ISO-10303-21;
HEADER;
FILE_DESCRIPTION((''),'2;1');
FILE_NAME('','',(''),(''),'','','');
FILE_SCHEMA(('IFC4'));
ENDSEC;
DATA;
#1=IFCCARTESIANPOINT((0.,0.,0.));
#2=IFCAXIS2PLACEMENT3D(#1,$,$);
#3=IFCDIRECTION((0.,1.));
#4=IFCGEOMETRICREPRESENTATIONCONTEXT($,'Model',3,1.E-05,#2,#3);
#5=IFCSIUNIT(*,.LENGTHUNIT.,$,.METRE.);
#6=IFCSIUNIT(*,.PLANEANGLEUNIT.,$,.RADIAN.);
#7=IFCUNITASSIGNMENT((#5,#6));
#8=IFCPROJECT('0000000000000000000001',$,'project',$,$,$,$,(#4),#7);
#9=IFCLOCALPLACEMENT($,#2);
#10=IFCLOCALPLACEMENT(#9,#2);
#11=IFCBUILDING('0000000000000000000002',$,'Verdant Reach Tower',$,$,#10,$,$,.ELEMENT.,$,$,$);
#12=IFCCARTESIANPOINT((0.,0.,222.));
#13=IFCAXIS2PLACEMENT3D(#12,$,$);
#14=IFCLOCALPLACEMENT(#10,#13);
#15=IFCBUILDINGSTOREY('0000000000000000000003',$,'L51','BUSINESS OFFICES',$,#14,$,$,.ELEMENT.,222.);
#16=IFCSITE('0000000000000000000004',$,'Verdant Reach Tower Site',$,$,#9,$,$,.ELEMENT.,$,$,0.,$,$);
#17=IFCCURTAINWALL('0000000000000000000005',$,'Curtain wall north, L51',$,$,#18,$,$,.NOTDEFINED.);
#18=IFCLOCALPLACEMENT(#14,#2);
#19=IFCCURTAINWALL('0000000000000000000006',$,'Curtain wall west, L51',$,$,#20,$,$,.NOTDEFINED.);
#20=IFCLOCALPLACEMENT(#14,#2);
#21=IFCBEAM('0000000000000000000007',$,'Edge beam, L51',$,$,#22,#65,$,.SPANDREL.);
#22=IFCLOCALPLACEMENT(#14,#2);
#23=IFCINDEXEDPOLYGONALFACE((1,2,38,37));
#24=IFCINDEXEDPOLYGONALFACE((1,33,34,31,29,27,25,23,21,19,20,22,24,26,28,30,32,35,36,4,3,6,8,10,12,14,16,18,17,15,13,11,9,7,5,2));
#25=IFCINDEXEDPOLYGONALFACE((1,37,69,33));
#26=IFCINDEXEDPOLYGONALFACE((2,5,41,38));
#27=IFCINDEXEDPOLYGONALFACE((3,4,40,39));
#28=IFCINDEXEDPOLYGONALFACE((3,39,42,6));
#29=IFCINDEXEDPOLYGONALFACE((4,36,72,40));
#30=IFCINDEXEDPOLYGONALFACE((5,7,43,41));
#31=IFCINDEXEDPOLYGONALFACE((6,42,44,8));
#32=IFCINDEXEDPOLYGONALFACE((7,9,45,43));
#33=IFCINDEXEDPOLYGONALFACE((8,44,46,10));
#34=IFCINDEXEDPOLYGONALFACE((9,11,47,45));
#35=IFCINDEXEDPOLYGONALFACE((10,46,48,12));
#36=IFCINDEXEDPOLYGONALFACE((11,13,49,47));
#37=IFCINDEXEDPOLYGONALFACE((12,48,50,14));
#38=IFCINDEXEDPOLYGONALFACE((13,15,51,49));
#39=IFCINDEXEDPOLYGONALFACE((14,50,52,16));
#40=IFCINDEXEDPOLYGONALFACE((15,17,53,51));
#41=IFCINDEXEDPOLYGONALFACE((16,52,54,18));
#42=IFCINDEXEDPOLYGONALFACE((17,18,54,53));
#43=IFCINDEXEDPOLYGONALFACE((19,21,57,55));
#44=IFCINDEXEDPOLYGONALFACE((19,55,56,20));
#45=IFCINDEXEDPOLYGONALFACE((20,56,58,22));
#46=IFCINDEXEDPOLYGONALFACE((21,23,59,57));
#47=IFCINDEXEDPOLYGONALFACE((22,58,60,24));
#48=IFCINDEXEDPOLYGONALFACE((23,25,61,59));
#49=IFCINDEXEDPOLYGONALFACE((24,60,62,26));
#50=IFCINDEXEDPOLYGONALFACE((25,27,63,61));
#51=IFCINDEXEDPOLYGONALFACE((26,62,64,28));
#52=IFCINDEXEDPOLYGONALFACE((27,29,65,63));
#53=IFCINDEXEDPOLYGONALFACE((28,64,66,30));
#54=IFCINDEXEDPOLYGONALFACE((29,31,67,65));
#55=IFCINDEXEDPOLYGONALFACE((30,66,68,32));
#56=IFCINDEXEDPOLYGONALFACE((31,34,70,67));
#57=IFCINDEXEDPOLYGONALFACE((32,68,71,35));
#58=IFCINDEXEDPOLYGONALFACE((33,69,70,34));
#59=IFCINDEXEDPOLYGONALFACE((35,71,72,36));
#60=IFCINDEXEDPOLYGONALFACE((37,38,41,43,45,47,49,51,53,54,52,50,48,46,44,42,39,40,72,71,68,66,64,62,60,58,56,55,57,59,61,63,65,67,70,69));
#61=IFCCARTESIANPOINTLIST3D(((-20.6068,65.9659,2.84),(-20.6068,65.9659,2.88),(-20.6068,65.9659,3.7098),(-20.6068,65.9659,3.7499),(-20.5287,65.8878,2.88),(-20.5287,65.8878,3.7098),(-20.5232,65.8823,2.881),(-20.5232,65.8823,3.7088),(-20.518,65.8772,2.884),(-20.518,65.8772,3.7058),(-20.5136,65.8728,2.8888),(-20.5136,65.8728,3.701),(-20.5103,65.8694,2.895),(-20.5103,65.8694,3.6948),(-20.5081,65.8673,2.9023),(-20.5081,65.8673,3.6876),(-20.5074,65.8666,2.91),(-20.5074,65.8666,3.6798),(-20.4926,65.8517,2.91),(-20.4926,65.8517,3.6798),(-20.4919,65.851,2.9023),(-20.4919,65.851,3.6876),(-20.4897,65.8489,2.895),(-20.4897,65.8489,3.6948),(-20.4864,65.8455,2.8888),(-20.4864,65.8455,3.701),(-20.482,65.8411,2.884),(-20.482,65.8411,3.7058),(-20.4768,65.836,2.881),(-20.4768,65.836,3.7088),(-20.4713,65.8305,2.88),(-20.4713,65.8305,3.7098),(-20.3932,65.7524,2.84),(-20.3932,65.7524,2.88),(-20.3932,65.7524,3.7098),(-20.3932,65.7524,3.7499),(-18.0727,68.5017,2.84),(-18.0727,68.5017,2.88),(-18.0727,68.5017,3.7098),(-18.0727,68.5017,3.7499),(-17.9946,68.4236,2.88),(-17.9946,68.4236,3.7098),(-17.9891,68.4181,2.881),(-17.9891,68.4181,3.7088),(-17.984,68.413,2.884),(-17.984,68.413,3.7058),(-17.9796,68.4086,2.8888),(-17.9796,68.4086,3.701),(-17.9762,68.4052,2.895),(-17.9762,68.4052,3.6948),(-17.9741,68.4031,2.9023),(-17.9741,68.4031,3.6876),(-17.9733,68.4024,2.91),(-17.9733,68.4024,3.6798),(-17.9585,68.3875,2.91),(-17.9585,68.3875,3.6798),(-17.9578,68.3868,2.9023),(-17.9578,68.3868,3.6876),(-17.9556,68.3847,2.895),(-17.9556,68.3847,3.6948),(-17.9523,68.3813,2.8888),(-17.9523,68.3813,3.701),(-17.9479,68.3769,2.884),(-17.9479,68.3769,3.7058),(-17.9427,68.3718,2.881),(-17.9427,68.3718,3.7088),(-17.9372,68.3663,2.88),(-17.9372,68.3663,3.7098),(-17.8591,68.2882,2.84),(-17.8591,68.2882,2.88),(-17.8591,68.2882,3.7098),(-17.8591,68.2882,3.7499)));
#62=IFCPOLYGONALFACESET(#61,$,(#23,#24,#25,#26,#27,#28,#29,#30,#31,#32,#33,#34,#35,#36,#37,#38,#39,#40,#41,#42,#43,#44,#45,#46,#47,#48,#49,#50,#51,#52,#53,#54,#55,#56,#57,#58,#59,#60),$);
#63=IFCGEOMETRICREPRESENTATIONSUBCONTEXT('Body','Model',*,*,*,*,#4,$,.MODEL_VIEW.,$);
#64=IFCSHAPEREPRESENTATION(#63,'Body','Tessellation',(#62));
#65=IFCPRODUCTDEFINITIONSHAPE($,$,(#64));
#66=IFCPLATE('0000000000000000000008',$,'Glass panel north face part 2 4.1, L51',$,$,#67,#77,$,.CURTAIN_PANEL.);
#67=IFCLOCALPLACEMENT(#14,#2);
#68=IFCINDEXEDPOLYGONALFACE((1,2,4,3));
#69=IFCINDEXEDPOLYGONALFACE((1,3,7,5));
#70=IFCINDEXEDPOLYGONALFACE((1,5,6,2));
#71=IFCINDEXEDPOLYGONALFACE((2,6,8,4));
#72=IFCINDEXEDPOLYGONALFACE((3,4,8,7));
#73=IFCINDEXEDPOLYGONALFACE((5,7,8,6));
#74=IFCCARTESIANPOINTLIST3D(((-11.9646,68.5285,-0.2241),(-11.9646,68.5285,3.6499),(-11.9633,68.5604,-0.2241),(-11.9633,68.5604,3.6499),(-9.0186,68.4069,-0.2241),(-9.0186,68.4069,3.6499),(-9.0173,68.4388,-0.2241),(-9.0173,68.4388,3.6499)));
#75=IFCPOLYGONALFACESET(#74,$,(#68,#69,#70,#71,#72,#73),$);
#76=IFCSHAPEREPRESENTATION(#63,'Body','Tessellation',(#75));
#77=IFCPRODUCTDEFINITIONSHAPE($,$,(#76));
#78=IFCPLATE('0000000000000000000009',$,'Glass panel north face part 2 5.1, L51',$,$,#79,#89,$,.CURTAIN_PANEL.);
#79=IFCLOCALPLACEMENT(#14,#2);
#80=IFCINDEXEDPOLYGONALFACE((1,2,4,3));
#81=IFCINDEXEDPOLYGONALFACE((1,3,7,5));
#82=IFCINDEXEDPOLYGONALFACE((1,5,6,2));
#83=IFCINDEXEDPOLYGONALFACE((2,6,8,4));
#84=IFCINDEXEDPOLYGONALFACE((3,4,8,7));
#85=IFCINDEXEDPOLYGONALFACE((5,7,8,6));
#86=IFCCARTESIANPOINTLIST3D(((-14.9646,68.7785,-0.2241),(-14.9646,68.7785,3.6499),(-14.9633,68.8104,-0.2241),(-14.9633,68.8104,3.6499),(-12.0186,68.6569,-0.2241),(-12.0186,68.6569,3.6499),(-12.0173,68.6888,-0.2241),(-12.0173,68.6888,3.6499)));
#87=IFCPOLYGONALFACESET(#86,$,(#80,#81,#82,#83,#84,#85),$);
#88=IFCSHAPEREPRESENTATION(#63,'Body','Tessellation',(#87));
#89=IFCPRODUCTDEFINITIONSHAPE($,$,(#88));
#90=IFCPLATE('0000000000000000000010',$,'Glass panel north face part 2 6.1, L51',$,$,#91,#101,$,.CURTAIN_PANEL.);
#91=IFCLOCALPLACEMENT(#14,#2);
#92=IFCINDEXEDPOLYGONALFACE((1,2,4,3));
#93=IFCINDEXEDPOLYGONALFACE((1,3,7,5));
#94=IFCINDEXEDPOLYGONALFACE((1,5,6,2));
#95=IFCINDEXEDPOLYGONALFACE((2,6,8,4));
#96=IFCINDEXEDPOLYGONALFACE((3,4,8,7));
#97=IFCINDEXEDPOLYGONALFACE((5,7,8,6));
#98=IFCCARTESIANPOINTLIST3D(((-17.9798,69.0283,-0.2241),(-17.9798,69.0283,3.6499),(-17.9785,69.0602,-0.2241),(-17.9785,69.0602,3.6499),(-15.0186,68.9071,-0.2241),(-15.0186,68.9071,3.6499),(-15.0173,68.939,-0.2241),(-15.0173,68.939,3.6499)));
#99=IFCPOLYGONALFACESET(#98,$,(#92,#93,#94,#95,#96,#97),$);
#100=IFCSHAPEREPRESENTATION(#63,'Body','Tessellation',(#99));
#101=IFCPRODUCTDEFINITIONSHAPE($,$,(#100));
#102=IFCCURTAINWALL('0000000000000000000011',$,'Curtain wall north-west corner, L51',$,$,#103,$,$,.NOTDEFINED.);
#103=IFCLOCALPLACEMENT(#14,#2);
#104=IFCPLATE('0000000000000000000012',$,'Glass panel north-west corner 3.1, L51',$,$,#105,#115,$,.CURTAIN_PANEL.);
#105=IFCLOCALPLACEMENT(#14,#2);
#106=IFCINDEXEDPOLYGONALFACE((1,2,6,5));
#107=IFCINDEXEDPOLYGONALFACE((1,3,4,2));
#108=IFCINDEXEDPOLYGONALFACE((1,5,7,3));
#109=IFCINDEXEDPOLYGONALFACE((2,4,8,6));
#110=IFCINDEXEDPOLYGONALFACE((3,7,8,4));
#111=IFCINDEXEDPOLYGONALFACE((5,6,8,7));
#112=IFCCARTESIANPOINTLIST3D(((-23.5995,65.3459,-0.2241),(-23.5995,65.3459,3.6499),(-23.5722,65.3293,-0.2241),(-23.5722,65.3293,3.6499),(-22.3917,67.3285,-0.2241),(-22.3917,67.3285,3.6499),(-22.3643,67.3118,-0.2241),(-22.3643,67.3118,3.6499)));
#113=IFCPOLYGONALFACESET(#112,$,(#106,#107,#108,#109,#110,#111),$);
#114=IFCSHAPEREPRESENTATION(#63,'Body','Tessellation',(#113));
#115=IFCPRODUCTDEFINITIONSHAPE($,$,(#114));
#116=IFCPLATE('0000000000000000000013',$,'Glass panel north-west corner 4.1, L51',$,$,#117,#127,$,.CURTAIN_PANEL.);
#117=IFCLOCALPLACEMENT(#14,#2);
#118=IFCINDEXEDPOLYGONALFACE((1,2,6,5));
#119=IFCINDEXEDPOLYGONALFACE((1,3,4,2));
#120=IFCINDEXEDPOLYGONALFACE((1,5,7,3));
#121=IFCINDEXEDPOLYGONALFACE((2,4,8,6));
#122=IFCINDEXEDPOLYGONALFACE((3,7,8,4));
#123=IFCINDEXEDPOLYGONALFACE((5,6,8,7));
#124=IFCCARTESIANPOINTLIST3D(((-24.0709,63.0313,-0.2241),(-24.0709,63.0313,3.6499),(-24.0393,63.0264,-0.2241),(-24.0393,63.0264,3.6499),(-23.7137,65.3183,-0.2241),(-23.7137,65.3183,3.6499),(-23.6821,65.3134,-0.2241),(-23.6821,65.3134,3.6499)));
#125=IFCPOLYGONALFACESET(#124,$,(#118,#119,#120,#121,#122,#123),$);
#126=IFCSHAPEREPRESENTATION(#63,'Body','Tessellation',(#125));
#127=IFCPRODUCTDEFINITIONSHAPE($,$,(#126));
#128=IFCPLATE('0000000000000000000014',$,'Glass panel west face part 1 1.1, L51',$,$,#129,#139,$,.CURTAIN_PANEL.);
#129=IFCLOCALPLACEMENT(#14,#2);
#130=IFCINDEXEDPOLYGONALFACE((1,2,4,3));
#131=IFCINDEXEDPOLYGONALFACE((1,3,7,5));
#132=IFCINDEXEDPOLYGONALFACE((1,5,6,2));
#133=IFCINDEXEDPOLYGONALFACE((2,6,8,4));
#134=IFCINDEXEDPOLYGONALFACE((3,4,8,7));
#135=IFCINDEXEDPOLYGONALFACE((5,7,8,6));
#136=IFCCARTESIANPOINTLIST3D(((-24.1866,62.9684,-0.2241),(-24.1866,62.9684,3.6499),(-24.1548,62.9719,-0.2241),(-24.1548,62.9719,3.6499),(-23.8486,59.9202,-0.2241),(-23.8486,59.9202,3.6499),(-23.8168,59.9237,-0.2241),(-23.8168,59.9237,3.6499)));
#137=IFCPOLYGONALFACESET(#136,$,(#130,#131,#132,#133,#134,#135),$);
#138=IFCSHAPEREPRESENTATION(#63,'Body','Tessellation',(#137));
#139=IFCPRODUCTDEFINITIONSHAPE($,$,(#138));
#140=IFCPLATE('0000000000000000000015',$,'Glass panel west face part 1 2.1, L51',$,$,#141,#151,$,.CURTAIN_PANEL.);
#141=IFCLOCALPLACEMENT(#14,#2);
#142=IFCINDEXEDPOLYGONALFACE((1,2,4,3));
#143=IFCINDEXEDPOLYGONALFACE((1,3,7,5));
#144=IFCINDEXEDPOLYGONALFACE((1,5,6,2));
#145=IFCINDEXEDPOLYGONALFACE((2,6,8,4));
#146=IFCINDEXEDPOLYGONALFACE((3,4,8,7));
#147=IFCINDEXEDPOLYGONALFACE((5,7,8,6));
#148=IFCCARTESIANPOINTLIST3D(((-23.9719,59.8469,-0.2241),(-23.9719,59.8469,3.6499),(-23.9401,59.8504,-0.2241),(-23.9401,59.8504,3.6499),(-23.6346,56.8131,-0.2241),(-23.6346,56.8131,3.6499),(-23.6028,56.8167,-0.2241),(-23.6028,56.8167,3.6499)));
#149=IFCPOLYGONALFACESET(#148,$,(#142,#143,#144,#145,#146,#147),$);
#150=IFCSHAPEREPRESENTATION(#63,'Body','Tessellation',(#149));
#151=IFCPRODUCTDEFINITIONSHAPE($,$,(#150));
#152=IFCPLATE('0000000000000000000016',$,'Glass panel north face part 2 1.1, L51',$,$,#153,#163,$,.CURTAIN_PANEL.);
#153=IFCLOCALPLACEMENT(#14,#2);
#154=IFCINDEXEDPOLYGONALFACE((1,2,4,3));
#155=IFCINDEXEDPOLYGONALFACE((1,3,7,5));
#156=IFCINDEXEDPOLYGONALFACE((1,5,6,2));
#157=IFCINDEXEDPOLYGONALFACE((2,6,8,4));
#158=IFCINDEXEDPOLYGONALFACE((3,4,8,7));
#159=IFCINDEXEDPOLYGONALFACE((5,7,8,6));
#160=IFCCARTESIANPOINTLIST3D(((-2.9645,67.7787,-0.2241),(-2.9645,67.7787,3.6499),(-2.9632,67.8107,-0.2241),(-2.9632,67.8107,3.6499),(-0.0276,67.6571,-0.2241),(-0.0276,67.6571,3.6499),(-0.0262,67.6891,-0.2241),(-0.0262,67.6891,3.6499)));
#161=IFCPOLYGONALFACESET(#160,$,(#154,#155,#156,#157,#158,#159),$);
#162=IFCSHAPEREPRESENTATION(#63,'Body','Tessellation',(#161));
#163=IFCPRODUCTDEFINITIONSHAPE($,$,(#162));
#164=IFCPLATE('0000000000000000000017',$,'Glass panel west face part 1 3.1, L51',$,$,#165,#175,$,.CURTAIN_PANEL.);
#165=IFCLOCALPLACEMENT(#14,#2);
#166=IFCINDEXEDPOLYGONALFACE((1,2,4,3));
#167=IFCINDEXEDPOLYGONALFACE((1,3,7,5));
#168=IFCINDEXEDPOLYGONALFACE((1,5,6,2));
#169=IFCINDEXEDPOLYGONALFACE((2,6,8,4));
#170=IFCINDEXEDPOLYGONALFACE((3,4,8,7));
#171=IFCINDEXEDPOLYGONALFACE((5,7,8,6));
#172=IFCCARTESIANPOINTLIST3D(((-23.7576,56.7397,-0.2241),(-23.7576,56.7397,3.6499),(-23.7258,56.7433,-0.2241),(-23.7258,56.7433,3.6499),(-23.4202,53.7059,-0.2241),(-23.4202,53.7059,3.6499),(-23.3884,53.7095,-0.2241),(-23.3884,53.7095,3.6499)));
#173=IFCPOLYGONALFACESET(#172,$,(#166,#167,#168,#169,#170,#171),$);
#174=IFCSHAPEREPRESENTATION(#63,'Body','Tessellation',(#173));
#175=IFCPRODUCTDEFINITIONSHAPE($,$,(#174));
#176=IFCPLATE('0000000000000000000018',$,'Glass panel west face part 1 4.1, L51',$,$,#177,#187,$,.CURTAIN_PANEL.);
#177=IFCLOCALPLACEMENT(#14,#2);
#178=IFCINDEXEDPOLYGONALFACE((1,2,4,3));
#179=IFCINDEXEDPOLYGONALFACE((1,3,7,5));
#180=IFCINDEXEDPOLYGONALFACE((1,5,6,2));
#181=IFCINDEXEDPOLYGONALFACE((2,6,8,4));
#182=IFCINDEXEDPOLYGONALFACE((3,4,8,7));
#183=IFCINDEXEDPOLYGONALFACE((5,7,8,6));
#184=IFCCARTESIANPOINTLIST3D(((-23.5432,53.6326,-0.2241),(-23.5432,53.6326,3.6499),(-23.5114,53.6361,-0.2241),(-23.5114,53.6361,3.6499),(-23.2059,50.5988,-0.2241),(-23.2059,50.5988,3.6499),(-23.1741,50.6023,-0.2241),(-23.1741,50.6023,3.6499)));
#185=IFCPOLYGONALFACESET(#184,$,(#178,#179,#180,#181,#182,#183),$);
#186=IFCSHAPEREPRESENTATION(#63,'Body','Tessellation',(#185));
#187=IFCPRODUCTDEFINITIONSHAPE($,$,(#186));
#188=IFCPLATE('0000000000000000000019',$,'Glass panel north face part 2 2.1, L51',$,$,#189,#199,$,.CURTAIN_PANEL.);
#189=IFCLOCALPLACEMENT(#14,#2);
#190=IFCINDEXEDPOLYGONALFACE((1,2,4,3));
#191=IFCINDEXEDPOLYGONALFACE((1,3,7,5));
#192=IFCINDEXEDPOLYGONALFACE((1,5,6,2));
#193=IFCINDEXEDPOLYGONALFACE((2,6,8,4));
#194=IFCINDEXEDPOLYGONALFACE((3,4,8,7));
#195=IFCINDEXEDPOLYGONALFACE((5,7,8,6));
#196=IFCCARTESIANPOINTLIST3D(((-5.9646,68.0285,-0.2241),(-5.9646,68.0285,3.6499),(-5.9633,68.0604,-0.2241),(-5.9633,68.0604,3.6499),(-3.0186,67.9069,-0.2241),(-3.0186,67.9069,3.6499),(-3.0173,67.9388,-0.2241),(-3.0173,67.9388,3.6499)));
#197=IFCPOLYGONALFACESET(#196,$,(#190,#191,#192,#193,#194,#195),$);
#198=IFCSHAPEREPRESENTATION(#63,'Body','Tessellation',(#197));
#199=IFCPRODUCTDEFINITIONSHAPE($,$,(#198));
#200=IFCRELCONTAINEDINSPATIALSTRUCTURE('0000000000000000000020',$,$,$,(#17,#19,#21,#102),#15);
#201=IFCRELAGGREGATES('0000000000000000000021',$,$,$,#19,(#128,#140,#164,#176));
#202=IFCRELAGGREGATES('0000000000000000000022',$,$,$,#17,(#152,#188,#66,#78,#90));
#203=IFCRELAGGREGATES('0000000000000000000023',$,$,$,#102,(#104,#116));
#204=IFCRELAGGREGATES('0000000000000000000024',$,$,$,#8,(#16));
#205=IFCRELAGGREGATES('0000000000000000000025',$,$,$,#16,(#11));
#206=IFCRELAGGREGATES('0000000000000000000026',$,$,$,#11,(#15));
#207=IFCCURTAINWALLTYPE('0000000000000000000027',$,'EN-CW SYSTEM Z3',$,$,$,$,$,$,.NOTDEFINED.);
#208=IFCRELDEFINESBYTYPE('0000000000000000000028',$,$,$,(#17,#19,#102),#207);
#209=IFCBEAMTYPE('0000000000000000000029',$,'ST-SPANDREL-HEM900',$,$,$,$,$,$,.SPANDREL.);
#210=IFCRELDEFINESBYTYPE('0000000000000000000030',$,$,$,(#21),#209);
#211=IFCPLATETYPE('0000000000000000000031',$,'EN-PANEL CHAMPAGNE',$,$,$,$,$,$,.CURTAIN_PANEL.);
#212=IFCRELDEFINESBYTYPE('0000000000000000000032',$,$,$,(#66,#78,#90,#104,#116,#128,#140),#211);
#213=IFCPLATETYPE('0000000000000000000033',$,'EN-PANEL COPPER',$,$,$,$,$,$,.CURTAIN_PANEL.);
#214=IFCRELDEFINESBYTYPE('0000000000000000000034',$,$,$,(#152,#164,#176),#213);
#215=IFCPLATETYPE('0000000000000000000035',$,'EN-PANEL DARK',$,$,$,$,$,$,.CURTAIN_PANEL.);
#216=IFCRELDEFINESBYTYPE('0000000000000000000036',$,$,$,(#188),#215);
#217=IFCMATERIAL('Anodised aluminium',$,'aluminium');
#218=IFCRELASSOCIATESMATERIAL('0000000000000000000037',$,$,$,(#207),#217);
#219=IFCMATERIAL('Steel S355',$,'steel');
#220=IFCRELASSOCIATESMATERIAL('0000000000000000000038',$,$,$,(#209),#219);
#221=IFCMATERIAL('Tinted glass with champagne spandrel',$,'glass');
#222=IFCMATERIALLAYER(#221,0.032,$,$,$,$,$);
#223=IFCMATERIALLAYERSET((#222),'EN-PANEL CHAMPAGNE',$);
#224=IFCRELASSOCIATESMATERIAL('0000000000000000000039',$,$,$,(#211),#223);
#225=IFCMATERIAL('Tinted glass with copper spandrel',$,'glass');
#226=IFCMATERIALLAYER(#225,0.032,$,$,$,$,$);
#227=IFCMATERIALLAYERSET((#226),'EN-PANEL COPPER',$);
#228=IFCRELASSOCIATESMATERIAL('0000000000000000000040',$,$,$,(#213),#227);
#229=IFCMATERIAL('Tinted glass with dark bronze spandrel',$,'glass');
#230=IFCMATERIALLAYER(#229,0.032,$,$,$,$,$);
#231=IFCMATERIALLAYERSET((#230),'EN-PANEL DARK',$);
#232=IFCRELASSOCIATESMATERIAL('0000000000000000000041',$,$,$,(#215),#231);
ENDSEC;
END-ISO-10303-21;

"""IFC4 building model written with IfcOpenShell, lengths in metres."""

from ifc_helpers import new_model, si_unit, direction, frame, origin, origin_2d, place, context, subcontext, project, spatial, rectangle, i_section, extrude, material, layer, layer_set, material_profile, profile_set, type_object, element, aggregate, save


model = new_model("IFC4")

# Units and contexts
model_context = context("Model", 3, precision=1e-05, world=origin(), true_north=direction((0.0, 1.0)))
body_context = subcontext(model_context, "Body", "Model", "MODEL_VIEW")
ifc_project = project(units=[si_unit("LENGTHUNIT", "METRE"), si_unit("PLANEANGLEUNIT", "RADIAN")], contexts=[model_context])

# Site, building, storey
site_placement = place(None, origin())
site = spatial("IfcSite", under=ifc_project, at=site_placement, Name="Verdant Reach Tower Site", CompositionType="ELEMENT", RefElevation=0.0)
building_placement = place(site_placement, origin())
building = spatial("IfcBuilding", under=site, at=building_placement, Name="Verdant Reach Tower", CompositionType="ELEMENT")
storey_placement = place(building_placement, frame((0.0, 0.0, 222.0)))
storey = spatial("IfcBuildingStorey", under=building, at=storey_placement, Name="L51", Description="BUSINESS OFFICES", CompositionType="ELEMENT", Elevation=222.0)

# Curtain walls
ifc_material_1 = material(Name="Anodised aluminium", Category="aluminium")
curtain_wall_type = type_object("IfcCurtainWallType", Name="EN-CW SYSTEM Z3", PredefinedType="NOTDEFINED", material=ifc_material_1)
curtain_wall_1_placement = place(storey_placement, origin())
curtain_wall_1 = element("IfcCurtainWall", 1, at=curtain_wall_1_placement, inside=storey, type_object=curtain_wall_type, Name="Curtain wall north, L51", PredefinedType="NOTDEFINED")
curtain_wall_2_placement = place(storey_placement, origin())
curtain_wall_2 = element("IfcCurtainWall", 2, at=curtain_wall_2_placement, inside=storey, type_object=curtain_wall_type, Name="Curtain wall west, L51", PredefinedType="NOTDEFINED")

# Beam
ifc_material_2 = material(Name="Steel S355", Category="steel")
ifc_material_profile_1 = material_profile(ifc_material_2, i_section(OverallWidth=0.302, OverallDepth=0.9099, WebThickness=0.021, FlangeThickness=0.04, FilletRadius=0.03, at=origin_2d()), Name="HEM 900")
ifc_profile_set_1 = profile_set([ifc_material_profile_1], Name="Steel S355")
beam_type_1 = type_object("IfcBeamType", Name="ST-SPANDREL-HEM900", PredefinedType="SPANDREL", material=ifc_profile_set_1)
beam_1_placement = place(storey_placement, frame((-20.5, 65.8591, 3.2949), z_axis=(0.706868, 0.707345, 0.0), x_axis=(-0.707345, 0.706868, 0.0)))
element("IfcBeam", 3, at=beam_1_placement, inside=storey, type_object=beam_type_1, Name="Edge beam, L51", PredefinedType="SPANDREL", context=body_context, shape_type="SweptSolid", body=[
    extrude(i_section(OverallWidth=0.302, OverallDepth=0.9099, WebThickness=0.021, FlangeThickness=0.04, FilletRadius=0.03, at=origin_2d()), origin(), (0.0, 0.0, 1.0), 3.585),
])

# Plates
ifc_material_3 = material(Name="Tinted glass with champagne spandrel", Category="glass")
ifc_layer_1 = layer(ifc_material_3, 0.032)
ifc_layer_set_1 = layer_set([ifc_layer_1], Name="EN-PANEL CHAMPAGNE")
plate_type_1 = type_object("IfcPlateType", Name="EN-PANEL CHAMPAGNE", PredefinedType="CURTAIN_PANEL", material=ifc_layer_set_1)
plate_1_placement = place(storey_placement, frame((-10.491, 68.4836, -0.2241), z_axis=(0.0, 0.0, 1.0), x_axis=(-0.999149, 0.041242, 0.0)))
plate_1 = element("IfcPlate", 4, at=plate_1_placement, type_object=plate_type_1, Name="Glass panel north face part 2 4.1, L51", PredefinedType="CURTAIN_PANEL", context=body_context, shape_type="SweptSolid", body=[
    extrude(rectangle(XDim=2.9485, YDim=0.032, at=origin_2d()), origin(), (0.0, 0.0, 1.0), 3.874),
])
plate_2_placement = place(storey_placement, frame((-13.491, 68.7336, -0.2241), z_axis=(0.0, 0.0, 1.0), x_axis=(-0.999149, 0.041242, 0.0)))
plate_2 = element("IfcPlate", 5, at=plate_2_placement, type_object=plate_type_1, Name="Glass panel north face part 2 5.1, L51", PredefinedType="CURTAIN_PANEL", context=body_context, shape_type="SweptSolid", body=[
    extrude(rectangle(XDim=2.9485, YDim=0.032, at=origin_2d()), origin(), (0.0, 0.0, 1.0), 3.874),
])
plate_3_placement = place(storey_placement, frame((-16.4985, 68.9836, -0.2241), z_axis=(0.0, 0.0, 1.0), x_axis=(-0.999164, 0.040891, 0.0)))
plate_3 = element("IfcPlate", 6, at=plate_3_placement, type_object=plate_type_1, Name="Glass panel north face part 2 6.1, L51", PredefinedType="CURTAIN_PANEL", context=body_context, shape_type="SweptSolid", body=[
    extrude(rectangle(XDim=2.9636, YDim=0.032, at=origin_2d()), origin(), (0.0, 0.0, 1.0), 3.874),
])

# Curtain wall, plates
curtain_wall_3_placement = place(storey_placement, origin())
curtain_wall_3 = element("IfcCurtainWall", 7, at=curtain_wall_3_placement, inside=storey, type_object=curtain_wall_type, Name="Curtain wall north-west corner, L51", PredefinedType="NOTDEFINED")
plate_4_placement = place(storey_placement, frame((-22.9819, 66.3289, -0.2241), z_axis=(0.0, 0.0, 1.0), x_axis=(-0.520292, -0.853989, 0.0)))
plate_4 = element("IfcPlate", 8, at=plate_4_placement, type_object=plate_type_1, Name="Glass panel north-west corner 3.1, L51", PredefinedType="CURTAIN_PANEL", context=body_context, shape_type="SweptSolid", body=[
    extrude(rectangle(XDim=2.3215, YDim=0.032, at=origin_2d()), origin(), (0.0, 0.0, 1.0), 3.874),
])
plate_5_placement = place(storey_placement, frame((-23.8765, 64.1724, -0.2241), z_axis=(0.0, 0.0, 1.0), x_axis=(-0.154312, -0.988022, 0.0)))
plate_5 = element("IfcPlate", 9, at=plate_5_placement, type_object=plate_type_1, Name="Glass panel north-west corner 4.1, L51", PredefinedType="CURTAIN_PANEL", context=body_context, shape_type="SweptSolid", body=[
    extrude(rectangle(XDim=2.3147, YDim=0.032, at=origin_2d()), origin(), (0.0, 0.0, 1.0), 3.874),
])

# Plates
plate_6_placement = place(storey_placement, frame((-24.0017, 61.446, -0.2241), z_axis=(0.0, 0.0, 1.0), x_axis=(0.110214, -0.993908, 0.0)))
plate_6 = element("IfcPlate", 10, at=plate_6_placement, type_object=plate_type_1, Name="Glass panel west face part 1 1.1, L51", PredefinedType="CURTAIN_PANEL", context=body_context, shape_type="SweptSolid", body=[
    extrude(rectangle(XDim=3.0669, YDim=0.032, at=origin_2d()), origin(), (0.0, 0.0, 1.0), 3.874),
])
plate_7_placement = place(storey_placement, frame((-23.7874, 58.3318, -0.2241), z_axis=(0.0, 0.0, 1.0), x_axis=(0.110518, -0.993874, 0.0)))
plate_7 = element("IfcPlate", 11, at=plate_7_placement, type_object=plate_type_1, Name="Glass panel west face part 1 2.1, L51", PredefinedType="CURTAIN_PANEL", context=body_context, shape_type="SweptSolid", body=[
    extrude(rectangle(XDim=3.0525, YDim=0.032, at=origin_2d()), origin(), (0.0, 0.0, 1.0), 3.874),
])
ifc_material_4 = material(Name="Tinted glass with copper spandrel", Category="glass")
ifc_layer_2 = layer(ifc_material_4, 0.032)
ifc_layer_set_2 = layer_set([ifc_layer_2], Name="EN-PANEL COPPER")
plate_type_2 = type_object("IfcPlateType", Name="EN-PANEL COPPER", PredefinedType="CURTAIN_PANEL", material=ifc_layer_set_2)
plate_8_placement = place(storey_placement, frame((-1.4954, 67.7339, -0.2241), z_axis=(0.0, 0.0, 1.0), x_axis=(-0.999144, 0.041367, 0.0)))
plate_8 = element("IfcPlate", 12, at=plate_8_placement, type_object=plate_type_2, Name="Glass panel north face part 2 1.1, L51", PredefinedType="CURTAIN_PANEL", context=body_context, shape_type="SweptSolid", body=[
    extrude(rectangle(XDim=2.9395, YDim=0.032, at=origin_2d()), origin(), (0.0, 0.0, 1.0), 3.874),
])
plate_9_placement = place(storey_placement, frame((-23.573, 55.2246, -0.2241), z_axis=(0.0, 0.0, 1.0), x_axis=(0.110518, -0.993874, 0.0)))
plate_9 = element("IfcPlate", 13, at=plate_9_placement, type_object=plate_type_2, Name="Glass panel west face part 1 3.1, L51", PredefinedType="CURTAIN_PANEL", context=body_context, shape_type="SweptSolid", body=[
    extrude(rectangle(XDim=3.0525, YDim=0.032, at=origin_2d()), origin(), (0.0, 0.0, 1.0), 3.874),
])
plate_10_placement = place(storey_placement, frame((-23.3586, 52.1174, -0.2241), z_axis=(0.0, 0.0, 1.0), x_axis=(0.110518, -0.993874, 0.0)))
plate_10 = element("IfcPlate", 14, at=plate_10_placement, type_object=plate_type_2, Name="Glass panel west face part 1 4.1, L51", PredefinedType="CURTAIN_PANEL", context=body_context, shape_type="SweptSolid", body=[
    extrude(rectangle(XDim=3.0525, YDim=0.032, at=origin_2d()), origin(), (0.0, 0.0, 1.0), 3.874),
])
aggregate(curtain_wall_2, [plate_6, plate_7, plate_9, plate_10])
ifc_material_5 = material(Name="Tinted glass with dark bronze spandrel", Category="glass")
ifc_layer_3 = layer(ifc_material_5, 0.032)
ifc_layer_set_3 = layer_set([ifc_layer_3], Name="EN-PANEL DARK")
plate_type_3 = type_object("IfcPlateType", Name="EN-PANEL DARK", PredefinedType="CURTAIN_PANEL", material=ifc_layer_set_3)
plate_11_placement = place(storey_placement, frame((-4.491, 67.9836, -0.2241), z_axis=(0.0, 0.0, 1.0), x_axis=(-0.999149, 0.041242, 0.0)))
plate_11 = element("IfcPlate", 15, at=plate_11_placement, type_object=plate_type_3, Name="Glass panel north face part 2 2.1, L51", PredefinedType="CURTAIN_PANEL", context=body_context, shape_type="SweptSolid", body=[
    extrude(rectangle(XDim=2.9485, YDim=0.032, at=origin_2d()), origin(), (0.0, 0.0, 1.0), 3.874),
])
aggregate(curtain_wall_1, [plate_8, plate_11, plate_1, plate_2, plate_3])
aggregate(curtain_wall_3, [plate_4, plate_5])

save(model, "model.ifc")
